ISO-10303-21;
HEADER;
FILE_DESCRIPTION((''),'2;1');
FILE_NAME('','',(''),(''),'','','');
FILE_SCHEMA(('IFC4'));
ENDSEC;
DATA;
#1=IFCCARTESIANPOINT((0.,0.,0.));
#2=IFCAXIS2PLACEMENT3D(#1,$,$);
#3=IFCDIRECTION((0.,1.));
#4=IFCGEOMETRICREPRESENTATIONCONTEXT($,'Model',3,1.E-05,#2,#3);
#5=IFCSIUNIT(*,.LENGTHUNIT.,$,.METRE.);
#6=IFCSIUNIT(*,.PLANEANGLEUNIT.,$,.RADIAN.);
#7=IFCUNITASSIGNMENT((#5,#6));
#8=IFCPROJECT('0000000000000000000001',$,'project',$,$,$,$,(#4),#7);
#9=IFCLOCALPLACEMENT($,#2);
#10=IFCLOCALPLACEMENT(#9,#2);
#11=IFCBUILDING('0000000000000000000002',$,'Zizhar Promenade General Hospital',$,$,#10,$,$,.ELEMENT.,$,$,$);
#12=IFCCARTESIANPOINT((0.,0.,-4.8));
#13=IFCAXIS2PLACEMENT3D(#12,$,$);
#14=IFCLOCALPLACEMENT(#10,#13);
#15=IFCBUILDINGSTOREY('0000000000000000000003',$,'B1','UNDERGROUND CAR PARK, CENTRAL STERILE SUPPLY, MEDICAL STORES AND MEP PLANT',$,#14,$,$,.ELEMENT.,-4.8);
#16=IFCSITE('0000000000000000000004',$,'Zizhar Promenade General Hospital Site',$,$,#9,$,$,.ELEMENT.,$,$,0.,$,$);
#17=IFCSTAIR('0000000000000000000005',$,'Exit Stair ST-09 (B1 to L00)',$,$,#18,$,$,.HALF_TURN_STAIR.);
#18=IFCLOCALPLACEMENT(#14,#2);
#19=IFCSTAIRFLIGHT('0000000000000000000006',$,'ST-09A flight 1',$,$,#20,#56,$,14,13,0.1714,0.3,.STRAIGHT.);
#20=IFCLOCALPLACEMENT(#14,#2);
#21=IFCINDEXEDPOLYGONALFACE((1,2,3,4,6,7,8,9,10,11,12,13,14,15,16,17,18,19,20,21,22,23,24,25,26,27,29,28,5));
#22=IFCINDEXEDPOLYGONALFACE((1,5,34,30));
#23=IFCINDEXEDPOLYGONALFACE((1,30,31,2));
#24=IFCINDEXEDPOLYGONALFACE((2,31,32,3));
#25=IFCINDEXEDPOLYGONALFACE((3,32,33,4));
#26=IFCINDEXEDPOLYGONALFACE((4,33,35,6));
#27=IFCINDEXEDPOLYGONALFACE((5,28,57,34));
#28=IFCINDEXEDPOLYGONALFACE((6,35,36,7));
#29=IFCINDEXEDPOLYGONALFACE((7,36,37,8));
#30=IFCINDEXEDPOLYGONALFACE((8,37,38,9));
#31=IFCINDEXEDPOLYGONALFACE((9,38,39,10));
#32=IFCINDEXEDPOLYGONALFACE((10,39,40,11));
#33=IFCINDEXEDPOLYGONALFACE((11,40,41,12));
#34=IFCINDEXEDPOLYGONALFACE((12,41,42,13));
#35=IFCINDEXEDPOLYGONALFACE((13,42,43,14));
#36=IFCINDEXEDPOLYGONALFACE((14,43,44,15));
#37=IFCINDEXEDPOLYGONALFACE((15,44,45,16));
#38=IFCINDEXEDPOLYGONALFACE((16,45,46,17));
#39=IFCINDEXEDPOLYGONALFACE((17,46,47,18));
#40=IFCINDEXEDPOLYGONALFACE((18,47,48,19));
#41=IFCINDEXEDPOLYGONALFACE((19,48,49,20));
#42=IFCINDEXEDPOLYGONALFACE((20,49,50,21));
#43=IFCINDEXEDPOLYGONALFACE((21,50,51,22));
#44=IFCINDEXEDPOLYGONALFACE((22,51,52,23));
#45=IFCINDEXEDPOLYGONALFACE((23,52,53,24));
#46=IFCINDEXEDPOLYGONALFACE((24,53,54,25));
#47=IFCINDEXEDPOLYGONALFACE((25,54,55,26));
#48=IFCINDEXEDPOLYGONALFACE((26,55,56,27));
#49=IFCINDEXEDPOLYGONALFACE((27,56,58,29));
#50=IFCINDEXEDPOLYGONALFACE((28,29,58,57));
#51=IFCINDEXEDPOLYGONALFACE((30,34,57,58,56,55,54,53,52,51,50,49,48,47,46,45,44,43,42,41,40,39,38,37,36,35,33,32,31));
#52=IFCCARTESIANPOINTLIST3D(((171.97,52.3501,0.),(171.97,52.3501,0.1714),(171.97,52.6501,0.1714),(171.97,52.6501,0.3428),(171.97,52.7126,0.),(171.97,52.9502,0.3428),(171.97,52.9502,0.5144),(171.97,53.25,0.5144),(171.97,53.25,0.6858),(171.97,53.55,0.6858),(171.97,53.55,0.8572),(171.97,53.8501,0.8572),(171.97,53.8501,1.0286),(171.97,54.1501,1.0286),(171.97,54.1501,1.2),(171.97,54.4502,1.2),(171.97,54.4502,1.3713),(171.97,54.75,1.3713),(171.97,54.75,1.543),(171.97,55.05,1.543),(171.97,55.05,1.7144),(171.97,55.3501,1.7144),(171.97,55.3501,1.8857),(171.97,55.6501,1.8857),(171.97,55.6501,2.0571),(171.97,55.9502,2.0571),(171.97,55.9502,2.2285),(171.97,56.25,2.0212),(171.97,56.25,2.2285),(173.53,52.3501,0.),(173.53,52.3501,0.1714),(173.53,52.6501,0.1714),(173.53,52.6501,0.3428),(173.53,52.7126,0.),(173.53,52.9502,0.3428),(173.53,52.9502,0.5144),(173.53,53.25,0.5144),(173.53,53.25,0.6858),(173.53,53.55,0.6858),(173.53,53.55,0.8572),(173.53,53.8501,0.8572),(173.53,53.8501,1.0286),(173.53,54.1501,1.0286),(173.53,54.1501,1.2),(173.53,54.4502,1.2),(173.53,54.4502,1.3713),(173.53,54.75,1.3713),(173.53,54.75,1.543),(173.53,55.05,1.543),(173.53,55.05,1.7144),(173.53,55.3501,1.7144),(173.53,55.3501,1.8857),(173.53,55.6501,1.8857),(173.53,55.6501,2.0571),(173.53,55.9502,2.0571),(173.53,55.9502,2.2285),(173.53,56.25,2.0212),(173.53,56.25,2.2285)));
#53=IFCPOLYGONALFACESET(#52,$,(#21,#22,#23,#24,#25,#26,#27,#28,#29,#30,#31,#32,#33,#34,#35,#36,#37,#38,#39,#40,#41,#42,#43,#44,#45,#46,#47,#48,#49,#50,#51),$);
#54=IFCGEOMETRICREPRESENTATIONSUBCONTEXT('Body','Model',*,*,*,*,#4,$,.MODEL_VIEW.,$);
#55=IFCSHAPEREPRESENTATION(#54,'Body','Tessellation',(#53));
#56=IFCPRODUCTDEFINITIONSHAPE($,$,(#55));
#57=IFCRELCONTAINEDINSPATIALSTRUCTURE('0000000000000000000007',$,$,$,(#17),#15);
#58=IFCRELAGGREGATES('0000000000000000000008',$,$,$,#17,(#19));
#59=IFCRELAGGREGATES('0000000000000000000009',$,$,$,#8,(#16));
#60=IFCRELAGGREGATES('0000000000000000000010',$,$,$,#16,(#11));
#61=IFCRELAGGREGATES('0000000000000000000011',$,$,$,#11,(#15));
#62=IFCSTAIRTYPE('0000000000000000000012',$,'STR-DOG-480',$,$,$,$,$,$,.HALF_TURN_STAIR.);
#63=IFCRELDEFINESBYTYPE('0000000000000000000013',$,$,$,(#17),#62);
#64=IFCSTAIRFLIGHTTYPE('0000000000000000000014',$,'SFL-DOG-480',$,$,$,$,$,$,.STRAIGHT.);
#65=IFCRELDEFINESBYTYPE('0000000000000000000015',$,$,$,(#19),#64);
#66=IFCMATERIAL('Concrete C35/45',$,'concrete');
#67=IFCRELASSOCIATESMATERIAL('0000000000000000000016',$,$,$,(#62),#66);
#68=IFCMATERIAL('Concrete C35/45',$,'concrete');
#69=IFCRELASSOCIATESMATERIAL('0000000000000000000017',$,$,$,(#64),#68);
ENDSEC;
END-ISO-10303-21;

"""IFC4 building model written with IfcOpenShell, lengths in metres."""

from ifc_helpers import new_model, si_unit, direction, frame, origin, place, context, subcontext, project, spatial, polyline, outline, extrude, material, type_object, element, aggregate, save


model = new_model("IFC4")

# Units and contexts
model_context = context("Model", 3, precision=1e-05, world=origin(), true_north=direction((0.0, 1.0)))
body_context = subcontext(model_context, "Body", "Model", "MODEL_VIEW")
ifc_project = project(units=[si_unit("LENGTHUNIT", "METRE"), si_unit("PLANEANGLEUNIT", "RADIAN")], contexts=[model_context])

# Site, building, storey
site_placement = place(None, origin())
site = spatial("IfcSite", under=ifc_project, at=site_placement, Name="Zizhar Promenade General Hospital Site", CompositionType="ELEMENT", RefElevation=0.0)
building_placement = place(site_placement, origin())
building = spatial("IfcBuilding", under=site, at=building_placement, Name="Zizhar Promenade General Hospital", CompositionType="ELEMENT")
storey_placement = place(building_placement, frame((0.0, 0.0, -4.8)))
storey = spatial("IfcBuildingStorey", under=building, at=storey_placement, Name="B1", Description="UNDERGROUND CAR PARK, CENTRAL STERILE SUPPLY, MEDICAL STORES AND MEP PLANT", CompositionType="ELEMENT", Elevation=-4.8)

# Stair, stair flight
ifc_material_1 = material(Name="Concrete C35/45", Category="concrete")
stair_type = type_object("IfcStairType", Name="STR-DOG-480", PredefinedType="HALF_TURN_STAIR", material=ifc_material_1)
stair_placement = place(storey_placement, origin())
stair = element("IfcStair", 1, at=stair_placement, inside=storey, type_object=stair_type, Name="Exit Stair ST-09 (B1 to L00)", PredefinedType="HALF_TURN_STAIR")
ifc_material_2 = material(Name="Concrete C35/45", Category="concrete")
stair_flight_type = type_object("IfcStairFlightType", Name="SFL-DOG-480", PredefinedType="STRAIGHT", material=ifc_material_2)
stair_flight_placement = place(storey_placement, frame((172.75, 52.3501, 0.0), z_axis=(0.0, 0.0, 1.0), x_axis=(0.0, 1.0, 0.0)))
stair_flight = element("IfcStairFlight", 2, at=stair_flight_placement, type_object=stair_flight_type, Name="ST-09A flight 1", NumberOfRisers=14, NumberOfTreads=13, PredefinedType="STRAIGHT", RiserHeight=0.1714, TreadLength=0.3, context=body_context, shape_type="SweptSolid", body=[
    extrude(outline(polyline([(0.0, 0.0), (0.0, 0.1714), (0.3, 0.1714), (0.3, 0.3428), (0.6001, 0.3428), (0.6001, 0.5144), (0.8999, 0.5144), (0.8999, 0.6858), (1.2, 0.6858), (1.2, 0.8572), (1.5, 0.8572), (1.5, 1.0286), (1.8, 1.0286), (1.8, 1.2), (2.1001, 1.2), (2.1001, 1.3713), (2.3999, 1.3713), (2.3999, 1.543), (2.7, 1.543), (2.7, 1.7144), (3.0, 1.7144), (3.0, 1.8857), (3.3, 1.8857), (3.3, 2.0571), (3.6001, 2.0571), (3.6001, 2.2285), (3.8999, 2.2285), (3.8999, 2.3999), (3.8999, 2.0212), (0.3625, 0.0), (0.0, 0.0)])), frame((0.0, 0.78, 0.0), z_axis=(0.0, -1.0, 0.0), x_axis=(1.0, 0.0, 0.0)), (0.0, 0.0, 1.0), 1.5601),
])
aggregate(stair, [stair_flight])

save(model, "model.ifc")
